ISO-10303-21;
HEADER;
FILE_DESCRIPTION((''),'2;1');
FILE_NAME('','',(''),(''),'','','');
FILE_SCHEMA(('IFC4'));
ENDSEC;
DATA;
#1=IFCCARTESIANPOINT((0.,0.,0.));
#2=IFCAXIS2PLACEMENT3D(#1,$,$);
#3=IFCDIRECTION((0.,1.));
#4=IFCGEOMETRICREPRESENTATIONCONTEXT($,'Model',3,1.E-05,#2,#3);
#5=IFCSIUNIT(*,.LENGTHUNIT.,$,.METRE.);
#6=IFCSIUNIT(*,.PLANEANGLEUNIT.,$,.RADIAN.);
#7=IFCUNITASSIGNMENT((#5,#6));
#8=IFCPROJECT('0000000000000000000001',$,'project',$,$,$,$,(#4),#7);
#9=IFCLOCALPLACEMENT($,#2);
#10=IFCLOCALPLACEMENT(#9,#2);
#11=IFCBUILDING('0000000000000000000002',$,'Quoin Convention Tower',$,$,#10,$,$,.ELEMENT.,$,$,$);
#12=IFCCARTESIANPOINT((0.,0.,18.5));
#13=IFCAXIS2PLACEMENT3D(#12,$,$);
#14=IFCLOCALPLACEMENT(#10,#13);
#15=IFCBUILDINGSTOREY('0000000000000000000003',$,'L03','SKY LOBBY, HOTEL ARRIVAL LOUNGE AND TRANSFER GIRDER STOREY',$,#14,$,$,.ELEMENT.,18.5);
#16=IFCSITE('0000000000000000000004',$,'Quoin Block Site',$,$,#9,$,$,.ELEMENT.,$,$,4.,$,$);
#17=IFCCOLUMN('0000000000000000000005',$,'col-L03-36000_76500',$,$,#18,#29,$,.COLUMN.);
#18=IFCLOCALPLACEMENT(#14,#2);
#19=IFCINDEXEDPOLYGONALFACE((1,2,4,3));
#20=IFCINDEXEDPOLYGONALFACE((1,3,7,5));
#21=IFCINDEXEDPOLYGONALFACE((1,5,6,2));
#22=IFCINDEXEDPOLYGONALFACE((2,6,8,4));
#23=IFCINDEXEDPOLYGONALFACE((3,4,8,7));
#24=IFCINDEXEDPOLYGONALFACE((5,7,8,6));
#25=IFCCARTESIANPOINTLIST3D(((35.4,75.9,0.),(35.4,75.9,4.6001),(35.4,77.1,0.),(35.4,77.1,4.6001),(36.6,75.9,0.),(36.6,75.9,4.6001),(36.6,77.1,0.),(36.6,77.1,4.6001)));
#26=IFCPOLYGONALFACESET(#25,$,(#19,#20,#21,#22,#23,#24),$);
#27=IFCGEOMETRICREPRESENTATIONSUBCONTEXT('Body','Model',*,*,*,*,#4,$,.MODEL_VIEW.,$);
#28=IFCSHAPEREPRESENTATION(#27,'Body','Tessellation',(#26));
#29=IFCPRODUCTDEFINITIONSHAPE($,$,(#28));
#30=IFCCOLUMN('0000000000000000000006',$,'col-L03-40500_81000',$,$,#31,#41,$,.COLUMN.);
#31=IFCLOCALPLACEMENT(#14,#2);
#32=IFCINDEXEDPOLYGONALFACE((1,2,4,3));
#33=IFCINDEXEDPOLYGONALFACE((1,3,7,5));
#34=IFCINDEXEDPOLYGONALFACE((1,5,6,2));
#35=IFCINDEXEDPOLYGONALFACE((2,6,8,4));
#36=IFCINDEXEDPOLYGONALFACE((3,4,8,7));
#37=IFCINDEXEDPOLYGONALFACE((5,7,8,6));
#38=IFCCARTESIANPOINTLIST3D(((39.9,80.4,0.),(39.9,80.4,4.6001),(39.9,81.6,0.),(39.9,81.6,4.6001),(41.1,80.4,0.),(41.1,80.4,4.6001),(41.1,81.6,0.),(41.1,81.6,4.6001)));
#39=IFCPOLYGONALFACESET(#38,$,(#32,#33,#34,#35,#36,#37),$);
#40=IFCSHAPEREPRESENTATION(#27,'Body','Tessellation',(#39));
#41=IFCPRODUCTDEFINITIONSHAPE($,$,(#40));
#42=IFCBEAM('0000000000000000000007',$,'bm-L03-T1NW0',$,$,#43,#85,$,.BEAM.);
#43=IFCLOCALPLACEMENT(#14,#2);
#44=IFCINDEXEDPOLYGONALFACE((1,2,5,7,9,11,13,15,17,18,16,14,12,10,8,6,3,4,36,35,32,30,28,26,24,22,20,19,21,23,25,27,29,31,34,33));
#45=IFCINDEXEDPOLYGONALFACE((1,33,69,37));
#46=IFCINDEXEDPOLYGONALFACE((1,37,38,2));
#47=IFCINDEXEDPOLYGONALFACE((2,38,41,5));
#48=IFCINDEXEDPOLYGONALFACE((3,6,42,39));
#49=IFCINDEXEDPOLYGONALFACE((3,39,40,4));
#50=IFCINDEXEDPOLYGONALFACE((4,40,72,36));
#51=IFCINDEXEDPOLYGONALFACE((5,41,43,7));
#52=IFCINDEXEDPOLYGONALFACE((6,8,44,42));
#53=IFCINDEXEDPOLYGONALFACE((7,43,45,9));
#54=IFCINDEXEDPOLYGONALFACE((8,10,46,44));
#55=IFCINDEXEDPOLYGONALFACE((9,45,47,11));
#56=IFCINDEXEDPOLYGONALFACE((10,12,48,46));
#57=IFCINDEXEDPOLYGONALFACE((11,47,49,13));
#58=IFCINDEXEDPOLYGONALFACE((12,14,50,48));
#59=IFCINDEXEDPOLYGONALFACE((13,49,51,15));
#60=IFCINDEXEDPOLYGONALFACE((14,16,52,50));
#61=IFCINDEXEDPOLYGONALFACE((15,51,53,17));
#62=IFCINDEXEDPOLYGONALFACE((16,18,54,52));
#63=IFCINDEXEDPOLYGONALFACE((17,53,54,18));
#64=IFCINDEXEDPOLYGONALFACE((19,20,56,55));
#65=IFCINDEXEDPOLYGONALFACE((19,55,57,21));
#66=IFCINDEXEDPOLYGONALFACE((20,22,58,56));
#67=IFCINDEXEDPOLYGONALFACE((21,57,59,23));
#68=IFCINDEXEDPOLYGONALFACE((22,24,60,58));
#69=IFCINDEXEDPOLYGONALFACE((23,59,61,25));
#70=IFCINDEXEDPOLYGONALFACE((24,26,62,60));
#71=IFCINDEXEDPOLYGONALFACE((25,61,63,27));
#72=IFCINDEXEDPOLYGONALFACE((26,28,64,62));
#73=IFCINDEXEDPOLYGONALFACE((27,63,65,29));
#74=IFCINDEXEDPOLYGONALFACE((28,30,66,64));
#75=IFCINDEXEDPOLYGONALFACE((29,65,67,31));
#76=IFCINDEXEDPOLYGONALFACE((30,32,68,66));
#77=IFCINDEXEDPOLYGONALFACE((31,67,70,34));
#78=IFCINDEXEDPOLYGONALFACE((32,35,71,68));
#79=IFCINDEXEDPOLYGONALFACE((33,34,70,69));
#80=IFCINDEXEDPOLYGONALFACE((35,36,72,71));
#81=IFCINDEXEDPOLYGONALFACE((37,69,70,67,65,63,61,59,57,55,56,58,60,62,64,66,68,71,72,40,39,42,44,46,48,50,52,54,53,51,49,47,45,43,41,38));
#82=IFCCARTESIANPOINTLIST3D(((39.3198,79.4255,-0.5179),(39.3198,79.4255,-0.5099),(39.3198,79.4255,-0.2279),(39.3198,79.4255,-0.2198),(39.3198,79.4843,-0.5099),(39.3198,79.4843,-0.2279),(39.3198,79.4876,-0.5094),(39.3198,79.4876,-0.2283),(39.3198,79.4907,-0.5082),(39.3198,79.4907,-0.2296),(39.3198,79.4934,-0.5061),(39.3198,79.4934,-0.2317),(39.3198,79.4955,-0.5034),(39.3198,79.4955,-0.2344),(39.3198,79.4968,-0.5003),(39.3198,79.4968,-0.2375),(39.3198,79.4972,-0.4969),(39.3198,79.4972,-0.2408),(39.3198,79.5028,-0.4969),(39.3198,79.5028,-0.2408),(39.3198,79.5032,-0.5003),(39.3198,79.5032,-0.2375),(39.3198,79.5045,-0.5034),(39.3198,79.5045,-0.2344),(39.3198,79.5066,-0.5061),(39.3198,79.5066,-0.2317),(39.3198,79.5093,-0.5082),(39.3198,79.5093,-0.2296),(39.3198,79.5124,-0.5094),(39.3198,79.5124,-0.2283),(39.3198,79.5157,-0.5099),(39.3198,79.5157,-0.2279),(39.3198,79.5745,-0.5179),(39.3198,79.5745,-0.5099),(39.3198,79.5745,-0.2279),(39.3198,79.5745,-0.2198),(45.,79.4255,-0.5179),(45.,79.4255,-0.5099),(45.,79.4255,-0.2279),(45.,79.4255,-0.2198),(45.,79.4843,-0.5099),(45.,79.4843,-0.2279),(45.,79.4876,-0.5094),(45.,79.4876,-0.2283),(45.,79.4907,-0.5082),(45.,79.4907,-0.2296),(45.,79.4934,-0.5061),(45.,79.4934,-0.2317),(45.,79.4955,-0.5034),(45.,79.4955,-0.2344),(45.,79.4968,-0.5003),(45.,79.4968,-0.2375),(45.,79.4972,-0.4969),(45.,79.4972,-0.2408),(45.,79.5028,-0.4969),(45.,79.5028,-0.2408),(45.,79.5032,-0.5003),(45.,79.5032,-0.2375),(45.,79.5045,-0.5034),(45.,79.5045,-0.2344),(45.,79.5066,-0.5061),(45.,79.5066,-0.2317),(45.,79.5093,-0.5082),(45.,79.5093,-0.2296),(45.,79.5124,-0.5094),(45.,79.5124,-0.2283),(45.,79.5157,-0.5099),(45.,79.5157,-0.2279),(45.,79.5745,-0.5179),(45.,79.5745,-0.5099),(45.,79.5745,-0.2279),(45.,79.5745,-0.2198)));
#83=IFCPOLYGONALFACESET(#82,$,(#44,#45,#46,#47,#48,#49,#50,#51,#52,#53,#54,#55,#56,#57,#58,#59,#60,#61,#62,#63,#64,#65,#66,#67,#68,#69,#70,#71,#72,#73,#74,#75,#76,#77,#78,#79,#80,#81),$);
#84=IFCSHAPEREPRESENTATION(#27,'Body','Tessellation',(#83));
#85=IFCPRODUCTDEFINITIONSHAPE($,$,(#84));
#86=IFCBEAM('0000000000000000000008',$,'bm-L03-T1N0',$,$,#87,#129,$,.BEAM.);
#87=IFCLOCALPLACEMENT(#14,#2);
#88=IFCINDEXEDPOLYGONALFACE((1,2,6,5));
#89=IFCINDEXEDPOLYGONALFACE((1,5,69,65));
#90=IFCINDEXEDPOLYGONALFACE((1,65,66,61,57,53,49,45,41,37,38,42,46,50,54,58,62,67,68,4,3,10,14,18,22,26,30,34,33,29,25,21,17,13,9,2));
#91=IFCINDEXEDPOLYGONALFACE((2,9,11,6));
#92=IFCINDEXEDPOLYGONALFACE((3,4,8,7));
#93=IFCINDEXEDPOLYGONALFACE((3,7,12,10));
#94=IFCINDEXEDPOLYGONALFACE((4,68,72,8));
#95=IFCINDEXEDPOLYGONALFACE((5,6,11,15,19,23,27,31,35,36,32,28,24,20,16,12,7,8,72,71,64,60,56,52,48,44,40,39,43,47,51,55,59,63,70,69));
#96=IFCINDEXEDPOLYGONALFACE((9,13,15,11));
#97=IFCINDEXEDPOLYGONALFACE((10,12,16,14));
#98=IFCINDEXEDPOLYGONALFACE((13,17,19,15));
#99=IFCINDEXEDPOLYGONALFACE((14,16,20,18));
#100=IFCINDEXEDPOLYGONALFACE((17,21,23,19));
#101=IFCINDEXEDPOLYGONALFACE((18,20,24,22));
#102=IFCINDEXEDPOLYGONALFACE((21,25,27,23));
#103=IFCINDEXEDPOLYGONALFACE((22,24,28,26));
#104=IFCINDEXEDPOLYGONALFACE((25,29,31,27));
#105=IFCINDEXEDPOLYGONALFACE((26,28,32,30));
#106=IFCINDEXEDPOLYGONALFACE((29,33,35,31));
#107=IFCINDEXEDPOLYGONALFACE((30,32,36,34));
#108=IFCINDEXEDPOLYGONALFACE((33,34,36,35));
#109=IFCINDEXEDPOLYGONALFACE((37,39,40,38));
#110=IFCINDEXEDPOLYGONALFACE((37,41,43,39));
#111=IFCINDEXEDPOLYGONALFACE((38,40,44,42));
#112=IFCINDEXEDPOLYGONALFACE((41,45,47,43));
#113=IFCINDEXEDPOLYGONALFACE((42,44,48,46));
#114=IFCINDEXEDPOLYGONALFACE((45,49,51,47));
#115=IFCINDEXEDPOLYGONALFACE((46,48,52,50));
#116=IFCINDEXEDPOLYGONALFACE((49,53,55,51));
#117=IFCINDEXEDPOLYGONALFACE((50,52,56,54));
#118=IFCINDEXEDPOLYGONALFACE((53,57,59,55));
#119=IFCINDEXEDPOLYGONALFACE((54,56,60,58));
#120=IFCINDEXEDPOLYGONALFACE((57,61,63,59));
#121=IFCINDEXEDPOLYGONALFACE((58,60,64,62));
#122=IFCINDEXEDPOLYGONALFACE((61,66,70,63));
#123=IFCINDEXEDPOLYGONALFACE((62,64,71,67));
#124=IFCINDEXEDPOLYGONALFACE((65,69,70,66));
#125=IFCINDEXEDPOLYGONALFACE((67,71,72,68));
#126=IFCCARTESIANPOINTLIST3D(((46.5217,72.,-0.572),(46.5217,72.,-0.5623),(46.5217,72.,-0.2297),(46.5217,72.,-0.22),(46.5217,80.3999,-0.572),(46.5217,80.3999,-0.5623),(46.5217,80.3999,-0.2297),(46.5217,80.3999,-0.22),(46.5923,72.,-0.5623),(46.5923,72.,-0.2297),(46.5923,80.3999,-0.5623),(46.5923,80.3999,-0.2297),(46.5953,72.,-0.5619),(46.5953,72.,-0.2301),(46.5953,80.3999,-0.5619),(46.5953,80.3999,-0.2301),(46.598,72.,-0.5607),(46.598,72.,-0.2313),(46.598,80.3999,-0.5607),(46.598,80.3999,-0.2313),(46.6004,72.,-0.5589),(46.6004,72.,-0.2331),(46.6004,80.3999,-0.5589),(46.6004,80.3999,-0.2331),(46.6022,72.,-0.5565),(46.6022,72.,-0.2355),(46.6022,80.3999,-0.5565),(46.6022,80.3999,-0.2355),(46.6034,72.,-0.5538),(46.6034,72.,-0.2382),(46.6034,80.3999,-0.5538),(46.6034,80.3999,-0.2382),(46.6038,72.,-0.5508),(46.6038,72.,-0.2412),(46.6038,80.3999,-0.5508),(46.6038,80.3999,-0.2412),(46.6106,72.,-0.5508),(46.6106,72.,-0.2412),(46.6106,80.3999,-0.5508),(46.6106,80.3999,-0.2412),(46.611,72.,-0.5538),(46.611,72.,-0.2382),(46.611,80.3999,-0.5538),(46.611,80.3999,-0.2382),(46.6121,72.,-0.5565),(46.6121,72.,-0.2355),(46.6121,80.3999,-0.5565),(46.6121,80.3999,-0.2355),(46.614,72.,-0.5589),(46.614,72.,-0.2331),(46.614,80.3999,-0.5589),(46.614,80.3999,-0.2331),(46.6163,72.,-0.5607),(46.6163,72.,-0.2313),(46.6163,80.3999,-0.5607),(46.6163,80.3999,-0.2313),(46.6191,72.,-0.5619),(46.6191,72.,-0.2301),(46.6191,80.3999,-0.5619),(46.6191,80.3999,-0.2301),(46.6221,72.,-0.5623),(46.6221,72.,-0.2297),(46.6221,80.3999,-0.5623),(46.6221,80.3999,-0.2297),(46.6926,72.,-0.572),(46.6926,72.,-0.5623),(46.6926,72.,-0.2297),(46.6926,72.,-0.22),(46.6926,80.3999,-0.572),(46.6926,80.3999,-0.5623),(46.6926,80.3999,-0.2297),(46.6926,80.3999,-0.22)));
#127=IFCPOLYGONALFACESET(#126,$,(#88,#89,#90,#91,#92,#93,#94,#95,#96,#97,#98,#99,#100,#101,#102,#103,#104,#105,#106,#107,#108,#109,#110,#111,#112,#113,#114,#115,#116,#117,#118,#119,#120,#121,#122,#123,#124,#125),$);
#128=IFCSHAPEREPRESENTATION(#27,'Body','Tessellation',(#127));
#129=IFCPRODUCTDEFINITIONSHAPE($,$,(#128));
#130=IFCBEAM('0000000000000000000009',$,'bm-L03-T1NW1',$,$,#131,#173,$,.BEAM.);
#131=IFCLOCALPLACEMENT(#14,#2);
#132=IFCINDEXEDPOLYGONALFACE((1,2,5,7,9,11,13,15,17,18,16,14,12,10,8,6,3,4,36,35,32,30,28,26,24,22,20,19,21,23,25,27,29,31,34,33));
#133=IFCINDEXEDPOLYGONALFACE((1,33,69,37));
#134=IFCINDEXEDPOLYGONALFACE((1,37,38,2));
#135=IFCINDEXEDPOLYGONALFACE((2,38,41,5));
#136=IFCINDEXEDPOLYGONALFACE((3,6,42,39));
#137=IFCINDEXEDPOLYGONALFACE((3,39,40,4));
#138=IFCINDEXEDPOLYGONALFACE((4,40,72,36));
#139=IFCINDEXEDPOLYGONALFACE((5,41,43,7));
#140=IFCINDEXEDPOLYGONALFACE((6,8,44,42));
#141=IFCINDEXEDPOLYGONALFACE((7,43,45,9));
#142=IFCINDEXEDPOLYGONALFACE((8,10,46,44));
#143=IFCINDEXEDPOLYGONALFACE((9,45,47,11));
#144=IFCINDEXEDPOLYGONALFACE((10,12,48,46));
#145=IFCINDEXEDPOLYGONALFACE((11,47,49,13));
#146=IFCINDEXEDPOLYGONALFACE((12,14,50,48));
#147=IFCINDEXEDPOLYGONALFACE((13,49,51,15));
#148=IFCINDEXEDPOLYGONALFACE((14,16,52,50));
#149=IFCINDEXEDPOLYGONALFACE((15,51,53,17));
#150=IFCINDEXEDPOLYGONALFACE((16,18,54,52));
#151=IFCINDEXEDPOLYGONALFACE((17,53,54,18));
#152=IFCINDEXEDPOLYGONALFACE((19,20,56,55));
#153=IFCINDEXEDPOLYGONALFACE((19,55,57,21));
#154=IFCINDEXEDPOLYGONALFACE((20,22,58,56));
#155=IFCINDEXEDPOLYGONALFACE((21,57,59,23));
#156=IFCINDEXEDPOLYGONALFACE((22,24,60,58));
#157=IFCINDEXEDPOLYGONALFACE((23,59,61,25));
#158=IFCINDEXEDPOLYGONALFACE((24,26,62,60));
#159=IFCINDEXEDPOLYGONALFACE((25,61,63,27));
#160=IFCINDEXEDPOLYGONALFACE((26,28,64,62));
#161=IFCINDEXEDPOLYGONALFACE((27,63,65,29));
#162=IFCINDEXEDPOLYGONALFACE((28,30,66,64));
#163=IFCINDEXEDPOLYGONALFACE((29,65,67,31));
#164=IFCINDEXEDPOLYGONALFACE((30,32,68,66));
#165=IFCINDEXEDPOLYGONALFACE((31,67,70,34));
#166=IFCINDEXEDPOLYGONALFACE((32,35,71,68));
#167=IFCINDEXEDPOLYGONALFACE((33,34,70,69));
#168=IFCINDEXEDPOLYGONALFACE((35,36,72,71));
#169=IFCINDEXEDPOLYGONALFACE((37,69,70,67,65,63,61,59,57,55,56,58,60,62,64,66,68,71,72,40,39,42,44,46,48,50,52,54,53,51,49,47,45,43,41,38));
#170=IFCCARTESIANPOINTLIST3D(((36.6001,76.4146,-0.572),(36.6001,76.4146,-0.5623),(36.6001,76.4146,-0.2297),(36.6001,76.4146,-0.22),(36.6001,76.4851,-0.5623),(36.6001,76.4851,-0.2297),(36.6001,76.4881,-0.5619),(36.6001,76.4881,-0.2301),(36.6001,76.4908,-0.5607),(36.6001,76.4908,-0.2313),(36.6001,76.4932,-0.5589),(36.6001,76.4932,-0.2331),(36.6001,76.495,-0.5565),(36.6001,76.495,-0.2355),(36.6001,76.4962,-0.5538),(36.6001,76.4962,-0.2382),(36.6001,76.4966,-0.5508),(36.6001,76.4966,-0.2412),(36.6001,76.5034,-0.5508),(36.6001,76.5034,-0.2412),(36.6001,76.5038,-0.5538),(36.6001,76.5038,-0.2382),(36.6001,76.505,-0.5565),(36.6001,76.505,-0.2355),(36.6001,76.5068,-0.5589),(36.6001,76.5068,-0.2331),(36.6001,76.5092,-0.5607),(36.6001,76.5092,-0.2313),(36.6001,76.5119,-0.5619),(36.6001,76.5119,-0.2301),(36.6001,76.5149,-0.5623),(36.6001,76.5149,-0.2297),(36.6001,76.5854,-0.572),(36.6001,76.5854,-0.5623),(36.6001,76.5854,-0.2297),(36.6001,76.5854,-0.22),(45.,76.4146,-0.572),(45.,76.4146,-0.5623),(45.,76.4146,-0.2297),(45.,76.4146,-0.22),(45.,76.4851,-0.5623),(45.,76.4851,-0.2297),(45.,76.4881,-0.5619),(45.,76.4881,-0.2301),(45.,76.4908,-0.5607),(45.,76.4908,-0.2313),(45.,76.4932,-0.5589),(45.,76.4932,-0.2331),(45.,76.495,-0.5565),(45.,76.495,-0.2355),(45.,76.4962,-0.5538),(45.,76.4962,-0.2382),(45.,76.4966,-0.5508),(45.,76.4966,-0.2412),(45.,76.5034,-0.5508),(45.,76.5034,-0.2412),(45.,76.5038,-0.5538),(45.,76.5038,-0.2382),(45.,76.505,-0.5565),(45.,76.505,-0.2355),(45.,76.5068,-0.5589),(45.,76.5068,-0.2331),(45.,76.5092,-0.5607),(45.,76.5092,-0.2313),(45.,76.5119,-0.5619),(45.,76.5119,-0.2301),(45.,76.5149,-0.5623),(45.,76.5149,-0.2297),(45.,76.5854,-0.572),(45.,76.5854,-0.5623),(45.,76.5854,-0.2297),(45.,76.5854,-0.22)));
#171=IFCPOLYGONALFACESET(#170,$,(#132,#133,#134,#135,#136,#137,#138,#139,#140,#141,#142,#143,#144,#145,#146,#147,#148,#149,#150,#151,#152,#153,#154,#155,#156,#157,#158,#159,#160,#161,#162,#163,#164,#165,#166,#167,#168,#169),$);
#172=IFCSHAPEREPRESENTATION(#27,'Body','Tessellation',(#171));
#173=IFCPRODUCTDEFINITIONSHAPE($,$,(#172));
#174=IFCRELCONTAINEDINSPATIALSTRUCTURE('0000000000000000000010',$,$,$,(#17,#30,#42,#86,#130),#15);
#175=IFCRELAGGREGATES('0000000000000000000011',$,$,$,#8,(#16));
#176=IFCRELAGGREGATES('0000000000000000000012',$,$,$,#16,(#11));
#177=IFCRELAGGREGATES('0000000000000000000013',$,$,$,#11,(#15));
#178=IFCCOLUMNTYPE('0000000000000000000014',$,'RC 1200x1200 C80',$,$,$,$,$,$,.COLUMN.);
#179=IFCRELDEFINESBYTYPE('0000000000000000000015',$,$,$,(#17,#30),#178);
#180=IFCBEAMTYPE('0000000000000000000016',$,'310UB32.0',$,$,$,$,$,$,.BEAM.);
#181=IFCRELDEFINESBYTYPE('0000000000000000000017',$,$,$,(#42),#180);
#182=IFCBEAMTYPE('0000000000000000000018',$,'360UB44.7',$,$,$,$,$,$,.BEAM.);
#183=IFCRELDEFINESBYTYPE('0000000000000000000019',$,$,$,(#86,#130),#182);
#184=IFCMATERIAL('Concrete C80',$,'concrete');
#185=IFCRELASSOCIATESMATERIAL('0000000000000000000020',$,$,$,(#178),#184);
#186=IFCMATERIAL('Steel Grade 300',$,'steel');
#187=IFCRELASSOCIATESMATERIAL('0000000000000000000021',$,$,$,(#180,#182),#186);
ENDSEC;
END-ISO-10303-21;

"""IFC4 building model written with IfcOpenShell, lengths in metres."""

from ifc_helpers import new_model, si_unit, direction, frame, origin, origin_2d, place, context, subcontext, project, spatial, rectangle, i_section, extrude, material, material_profile, profile_set, type_object, element, save


model = new_model("IFC4")

# Units and contexts
model_context = context("Model", 3, precision=1e-05, world=origin(), true_north=direction((0.0, 1.0)))
body_context = subcontext(model_context, "Body", "Model", "MODEL_VIEW")
ifc_project = project(units=[si_unit("LENGTHUNIT", "METRE"), si_unit("PLANEANGLEUNIT", "RADIAN")], contexts=[model_context])

# Site, building, storey
site_placement = place(None, origin())
site = spatial("IfcSite", under=ifc_project, at=site_placement, Name="Quoin Block Site", CompositionType="ELEMENT", RefElevation=4.0)
building_placement = place(site_placement, origin())
building = spatial("IfcBuilding", under=site, at=building_placement, Name="Quoin Convention Tower", CompositionType="ELEMENT")
storey_placement = place(building_placement, frame((0.0, 0.0, 18.5)))
storey = spatial("IfcBuildingStorey", under=building, at=storey_placement, Name="L03", Description="SKY LOBBY, HOTEL ARRIVAL LOUNGE AND TRANSFER GIRDER STOREY", CompositionType="ELEMENT", Elevation=18.5)

# Columns
ifc_material_1 = material(Name="Concrete C80", Category="concrete")
ifc_material_profile_1 = material_profile(ifc_material_1, rectangle(XDim=1.2, YDim=1.2, at=origin_2d()), Name="RC 1200x1200")
ifc_profile_set_1 = profile_set([ifc_material_profile_1], Name="Concrete C80")
column_type = type_object("IfcColumnType", Name="RC 1200x1200 C80", PredefinedType="COLUMN", material=ifc_profile_set_1)
for number, where, z_axis, x_axis, name in (
    (1, (36.0, 76.5, 0.0), (0.0, 0.0, 1.0), (1.0, 0.0, 0.0), "col-L03-36000_76500"),
    (2, (40.5, 81.0, 0.0), (0.0, 0.0, 1.0), (1.0, 0.0, 0.0), "col-L03-40500_81000"),
):
    element("IfcColumn", number, at=place(storey_placement, frame(where, z_axis=z_axis, x_axis=x_axis)), inside=storey, type_object=column_type, Name=name, PredefinedType="COLUMN", context=body_context, shape_type="SweptSolid", body=[
        extrude(rectangle(XDim=1.2, YDim=1.2, at=origin_2d()), origin(), (0.0, 0.0, 1.0), 4.6001),
    ])

# Beams
ifc_material_2 = material(Name="Steel Grade 300", Category="steel")
ifc_material_profile_2 = material_profile(ifc_material_2, i_section(OverallWidth=0.1489, OverallDepth=0.2981, WebThickness=0.0056, FlangeThickness=0.0081, FilletRadius=0.0129, at=origin_2d()), Name="310UB32.0")
ifc_profile_set_2 = profile_set([ifc_material_profile_2], Name="Steel Grade 300")
beam_type_1 = type_object("IfcBeamType", Name="310UB32.0", PredefinedType="BEAM", material=ifc_profile_set_2)
beam_1_placement = place(storey_placement, frame((39.3198, 79.5, -0.3689), z_axis=(1.0, 0.0, 0.0), x_axis=(0.0, 1.0, 0.0)))
element("IfcBeam", 3, at=beam_1_placement, inside=storey, type_object=beam_type_1, Name="bm-L03-T1NW0", PredefinedType="BEAM", context=body_context, shape_type="SweptSolid", body=[
    extrude(i_section(OverallWidth=0.1489, OverallDepth=0.2981, WebThickness=0.0056, FlangeThickness=0.0081, FilletRadius=0.0129, at=origin_2d()), origin(), (0.0, 0.0, 1.0), 5.6802),
])
ifc_material_profile_3 = material_profile(ifc_material_2, i_section(OverallWidth=0.1709, OverallDepth=0.3521, WebThickness=0.0068, FlangeThickness=0.0098, FilletRadius=0.0115, at=origin_2d()), Name="360UB44.7")
ifc_profile_set_3 = profile_set([ifc_material_profile_3], Name="Steel Grade 300")
beam_type_2 = type_object("IfcBeamType", Name="360UB44.7", PredefinedType="BEAM", material=ifc_profile_set_3)
for number, where, z_axis, x_axis, name in (
    (4, (46.6072, 72.0, -0.396), (0.0, 1.0, 0.0), (-1.0, 0.0, 0.0), "bm-L03-T1N0"),
    (5, (36.6001, 76.5, -0.396), (1.0, 0.0, 0.0), (0.0, 1.0, 0.0), "bm-L03-T1NW1"),
):
    element("IfcBeam", number, at=place(storey_placement, frame(where, z_axis=z_axis, x_axis=x_axis)), inside=storey, type_object=beam_type_2, Name=name, PredefinedType="BEAM", context=body_context, shape_type="SweptSolid", body=[
        extrude(i_section(OverallWidth=0.1709, OverallDepth=0.3521, WebThickness=0.0068, FlangeThickness=0.0098, FilletRadius=0.0115, at=origin_2d()), origin(), (0.0, 0.0, 1.0), 8.3999),
    ])

save(model, "model.ifc")
